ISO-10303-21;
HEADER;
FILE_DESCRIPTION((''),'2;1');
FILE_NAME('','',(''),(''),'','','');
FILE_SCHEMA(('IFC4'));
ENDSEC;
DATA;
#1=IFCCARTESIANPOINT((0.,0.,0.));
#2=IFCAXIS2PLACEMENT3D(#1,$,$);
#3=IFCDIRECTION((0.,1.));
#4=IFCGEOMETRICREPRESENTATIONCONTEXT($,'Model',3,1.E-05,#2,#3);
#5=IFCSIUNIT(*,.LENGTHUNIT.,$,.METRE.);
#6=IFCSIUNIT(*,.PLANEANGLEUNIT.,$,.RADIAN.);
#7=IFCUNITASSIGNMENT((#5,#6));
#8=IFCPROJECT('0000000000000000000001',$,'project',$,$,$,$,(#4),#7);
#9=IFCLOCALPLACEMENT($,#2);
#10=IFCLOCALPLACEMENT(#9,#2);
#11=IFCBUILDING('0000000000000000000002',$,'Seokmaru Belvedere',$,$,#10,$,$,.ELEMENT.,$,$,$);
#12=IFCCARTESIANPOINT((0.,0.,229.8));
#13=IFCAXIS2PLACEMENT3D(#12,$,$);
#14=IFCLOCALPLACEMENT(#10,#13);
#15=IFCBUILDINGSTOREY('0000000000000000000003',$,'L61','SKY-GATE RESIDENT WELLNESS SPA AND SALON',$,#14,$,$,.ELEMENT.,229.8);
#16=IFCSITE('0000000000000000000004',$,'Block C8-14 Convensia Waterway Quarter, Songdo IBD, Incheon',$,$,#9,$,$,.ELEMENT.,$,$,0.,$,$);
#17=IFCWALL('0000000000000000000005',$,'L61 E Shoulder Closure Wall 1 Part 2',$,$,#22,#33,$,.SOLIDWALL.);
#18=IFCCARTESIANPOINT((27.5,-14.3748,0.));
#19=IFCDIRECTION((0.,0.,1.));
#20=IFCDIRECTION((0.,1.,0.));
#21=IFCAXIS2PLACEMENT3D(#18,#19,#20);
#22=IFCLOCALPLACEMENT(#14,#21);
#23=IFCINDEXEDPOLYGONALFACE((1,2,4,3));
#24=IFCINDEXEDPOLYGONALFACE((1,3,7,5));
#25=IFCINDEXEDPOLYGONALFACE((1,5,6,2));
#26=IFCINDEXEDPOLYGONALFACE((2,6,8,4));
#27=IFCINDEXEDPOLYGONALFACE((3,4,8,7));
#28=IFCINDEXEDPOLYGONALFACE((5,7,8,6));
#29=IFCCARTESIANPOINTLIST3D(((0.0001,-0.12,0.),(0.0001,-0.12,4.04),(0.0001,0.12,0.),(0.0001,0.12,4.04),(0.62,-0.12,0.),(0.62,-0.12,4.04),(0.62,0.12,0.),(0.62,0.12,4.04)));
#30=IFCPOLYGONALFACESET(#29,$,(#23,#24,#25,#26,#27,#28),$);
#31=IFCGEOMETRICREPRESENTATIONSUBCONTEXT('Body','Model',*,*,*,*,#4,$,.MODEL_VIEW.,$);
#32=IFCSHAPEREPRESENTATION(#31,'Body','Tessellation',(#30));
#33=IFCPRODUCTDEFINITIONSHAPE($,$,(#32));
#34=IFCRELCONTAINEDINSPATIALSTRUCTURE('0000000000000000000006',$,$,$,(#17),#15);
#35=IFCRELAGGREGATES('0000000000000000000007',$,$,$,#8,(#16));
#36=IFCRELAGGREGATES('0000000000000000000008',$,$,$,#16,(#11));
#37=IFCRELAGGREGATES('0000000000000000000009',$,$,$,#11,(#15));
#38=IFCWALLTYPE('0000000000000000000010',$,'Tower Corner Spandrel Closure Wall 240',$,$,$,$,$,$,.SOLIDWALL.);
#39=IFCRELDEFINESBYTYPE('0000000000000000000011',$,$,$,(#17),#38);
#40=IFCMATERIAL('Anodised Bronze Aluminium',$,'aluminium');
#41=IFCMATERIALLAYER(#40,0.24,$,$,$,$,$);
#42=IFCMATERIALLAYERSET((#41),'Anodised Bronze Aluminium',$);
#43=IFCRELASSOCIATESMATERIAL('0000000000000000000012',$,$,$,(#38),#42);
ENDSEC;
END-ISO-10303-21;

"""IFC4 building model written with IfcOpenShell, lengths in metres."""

from ifc_helpers import new_model, si_unit, direction, frame, frame_2d, origin, place, context, subcontext, project, spatial, rectangle, extrude, material, layer, layer_set, type_object, element, save


model = new_model("IFC4")

# Units and contexts
model_context = context("Model", 3, precision=1e-05, world=origin(), true_north=direction((0.0, 1.0)))
body_context = subcontext(model_context, "Body", "Model", "MODEL_VIEW")
ifc_project = project(units=[si_unit("LENGTHUNIT", "METRE"), si_unit("PLANEANGLEUNIT", "RADIAN")], contexts=[model_context])

# Site, building, storey
site_placement = place(None, origin())
site = spatial("IfcSite", under=ifc_project, at=site_placement, Name="Block C8-14 Convensia Waterway Quarter, Songdo IBD, Incheon", CompositionType="ELEMENT", RefElevation=0.0)
building_placement = place(site_placement, origin())
building = spatial("IfcBuilding", under=site, at=building_placement, Name="Seokmaru Belvedere", CompositionType="ELEMENT")
storey_placement = place(building_placement, frame((0.0, 0.0, 229.8)))
storey = spatial("IfcBuildingStorey", under=building, at=storey_placement, Name="L61", Description="SKY-GATE RESIDENT WELLNESS SPA AND SALON", CompositionType="ELEMENT", Elevation=229.8)

# Shared definitions
ifc_material_1 = material(Name="Anodised Bronze Aluminium", Category="aluminium")

# Wall
ifc_layer_1 = layer(ifc_material_1, 0.24)
ifc_layer_set_1 = layer_set([ifc_layer_1], Name="Anodised Bronze Aluminium")
wall_type_1 = type_object("IfcWallType", Name="Tower Corner Spandrel Closure Wall 240", PredefinedType="SOLIDWALL", material=ifc_layer_set_1)
wall_1_placement = place(storey_placement, frame((27.5, -14.3748, 0.0), z_axis=(0.0, 0.0, 1.0), x_axis=(0.0, 1.0, 0.0)))
element("IfcWall", 1, at=wall_1_placement, inside=storey, type_object=wall_type_1, Name="L61 E Shoulder Closure Wall 1 Part 2", PredefinedType="SOLIDWALL", context=body_context, shape_type="SweptSolid", body=[
    extrude(rectangle(XDim=0.6199, YDim=0.24, at=frame_2d((0.3101, 0.0))), origin(), (0.0, 0.0, 1.0), 4.04),
])

save(model, "model.ifc")
